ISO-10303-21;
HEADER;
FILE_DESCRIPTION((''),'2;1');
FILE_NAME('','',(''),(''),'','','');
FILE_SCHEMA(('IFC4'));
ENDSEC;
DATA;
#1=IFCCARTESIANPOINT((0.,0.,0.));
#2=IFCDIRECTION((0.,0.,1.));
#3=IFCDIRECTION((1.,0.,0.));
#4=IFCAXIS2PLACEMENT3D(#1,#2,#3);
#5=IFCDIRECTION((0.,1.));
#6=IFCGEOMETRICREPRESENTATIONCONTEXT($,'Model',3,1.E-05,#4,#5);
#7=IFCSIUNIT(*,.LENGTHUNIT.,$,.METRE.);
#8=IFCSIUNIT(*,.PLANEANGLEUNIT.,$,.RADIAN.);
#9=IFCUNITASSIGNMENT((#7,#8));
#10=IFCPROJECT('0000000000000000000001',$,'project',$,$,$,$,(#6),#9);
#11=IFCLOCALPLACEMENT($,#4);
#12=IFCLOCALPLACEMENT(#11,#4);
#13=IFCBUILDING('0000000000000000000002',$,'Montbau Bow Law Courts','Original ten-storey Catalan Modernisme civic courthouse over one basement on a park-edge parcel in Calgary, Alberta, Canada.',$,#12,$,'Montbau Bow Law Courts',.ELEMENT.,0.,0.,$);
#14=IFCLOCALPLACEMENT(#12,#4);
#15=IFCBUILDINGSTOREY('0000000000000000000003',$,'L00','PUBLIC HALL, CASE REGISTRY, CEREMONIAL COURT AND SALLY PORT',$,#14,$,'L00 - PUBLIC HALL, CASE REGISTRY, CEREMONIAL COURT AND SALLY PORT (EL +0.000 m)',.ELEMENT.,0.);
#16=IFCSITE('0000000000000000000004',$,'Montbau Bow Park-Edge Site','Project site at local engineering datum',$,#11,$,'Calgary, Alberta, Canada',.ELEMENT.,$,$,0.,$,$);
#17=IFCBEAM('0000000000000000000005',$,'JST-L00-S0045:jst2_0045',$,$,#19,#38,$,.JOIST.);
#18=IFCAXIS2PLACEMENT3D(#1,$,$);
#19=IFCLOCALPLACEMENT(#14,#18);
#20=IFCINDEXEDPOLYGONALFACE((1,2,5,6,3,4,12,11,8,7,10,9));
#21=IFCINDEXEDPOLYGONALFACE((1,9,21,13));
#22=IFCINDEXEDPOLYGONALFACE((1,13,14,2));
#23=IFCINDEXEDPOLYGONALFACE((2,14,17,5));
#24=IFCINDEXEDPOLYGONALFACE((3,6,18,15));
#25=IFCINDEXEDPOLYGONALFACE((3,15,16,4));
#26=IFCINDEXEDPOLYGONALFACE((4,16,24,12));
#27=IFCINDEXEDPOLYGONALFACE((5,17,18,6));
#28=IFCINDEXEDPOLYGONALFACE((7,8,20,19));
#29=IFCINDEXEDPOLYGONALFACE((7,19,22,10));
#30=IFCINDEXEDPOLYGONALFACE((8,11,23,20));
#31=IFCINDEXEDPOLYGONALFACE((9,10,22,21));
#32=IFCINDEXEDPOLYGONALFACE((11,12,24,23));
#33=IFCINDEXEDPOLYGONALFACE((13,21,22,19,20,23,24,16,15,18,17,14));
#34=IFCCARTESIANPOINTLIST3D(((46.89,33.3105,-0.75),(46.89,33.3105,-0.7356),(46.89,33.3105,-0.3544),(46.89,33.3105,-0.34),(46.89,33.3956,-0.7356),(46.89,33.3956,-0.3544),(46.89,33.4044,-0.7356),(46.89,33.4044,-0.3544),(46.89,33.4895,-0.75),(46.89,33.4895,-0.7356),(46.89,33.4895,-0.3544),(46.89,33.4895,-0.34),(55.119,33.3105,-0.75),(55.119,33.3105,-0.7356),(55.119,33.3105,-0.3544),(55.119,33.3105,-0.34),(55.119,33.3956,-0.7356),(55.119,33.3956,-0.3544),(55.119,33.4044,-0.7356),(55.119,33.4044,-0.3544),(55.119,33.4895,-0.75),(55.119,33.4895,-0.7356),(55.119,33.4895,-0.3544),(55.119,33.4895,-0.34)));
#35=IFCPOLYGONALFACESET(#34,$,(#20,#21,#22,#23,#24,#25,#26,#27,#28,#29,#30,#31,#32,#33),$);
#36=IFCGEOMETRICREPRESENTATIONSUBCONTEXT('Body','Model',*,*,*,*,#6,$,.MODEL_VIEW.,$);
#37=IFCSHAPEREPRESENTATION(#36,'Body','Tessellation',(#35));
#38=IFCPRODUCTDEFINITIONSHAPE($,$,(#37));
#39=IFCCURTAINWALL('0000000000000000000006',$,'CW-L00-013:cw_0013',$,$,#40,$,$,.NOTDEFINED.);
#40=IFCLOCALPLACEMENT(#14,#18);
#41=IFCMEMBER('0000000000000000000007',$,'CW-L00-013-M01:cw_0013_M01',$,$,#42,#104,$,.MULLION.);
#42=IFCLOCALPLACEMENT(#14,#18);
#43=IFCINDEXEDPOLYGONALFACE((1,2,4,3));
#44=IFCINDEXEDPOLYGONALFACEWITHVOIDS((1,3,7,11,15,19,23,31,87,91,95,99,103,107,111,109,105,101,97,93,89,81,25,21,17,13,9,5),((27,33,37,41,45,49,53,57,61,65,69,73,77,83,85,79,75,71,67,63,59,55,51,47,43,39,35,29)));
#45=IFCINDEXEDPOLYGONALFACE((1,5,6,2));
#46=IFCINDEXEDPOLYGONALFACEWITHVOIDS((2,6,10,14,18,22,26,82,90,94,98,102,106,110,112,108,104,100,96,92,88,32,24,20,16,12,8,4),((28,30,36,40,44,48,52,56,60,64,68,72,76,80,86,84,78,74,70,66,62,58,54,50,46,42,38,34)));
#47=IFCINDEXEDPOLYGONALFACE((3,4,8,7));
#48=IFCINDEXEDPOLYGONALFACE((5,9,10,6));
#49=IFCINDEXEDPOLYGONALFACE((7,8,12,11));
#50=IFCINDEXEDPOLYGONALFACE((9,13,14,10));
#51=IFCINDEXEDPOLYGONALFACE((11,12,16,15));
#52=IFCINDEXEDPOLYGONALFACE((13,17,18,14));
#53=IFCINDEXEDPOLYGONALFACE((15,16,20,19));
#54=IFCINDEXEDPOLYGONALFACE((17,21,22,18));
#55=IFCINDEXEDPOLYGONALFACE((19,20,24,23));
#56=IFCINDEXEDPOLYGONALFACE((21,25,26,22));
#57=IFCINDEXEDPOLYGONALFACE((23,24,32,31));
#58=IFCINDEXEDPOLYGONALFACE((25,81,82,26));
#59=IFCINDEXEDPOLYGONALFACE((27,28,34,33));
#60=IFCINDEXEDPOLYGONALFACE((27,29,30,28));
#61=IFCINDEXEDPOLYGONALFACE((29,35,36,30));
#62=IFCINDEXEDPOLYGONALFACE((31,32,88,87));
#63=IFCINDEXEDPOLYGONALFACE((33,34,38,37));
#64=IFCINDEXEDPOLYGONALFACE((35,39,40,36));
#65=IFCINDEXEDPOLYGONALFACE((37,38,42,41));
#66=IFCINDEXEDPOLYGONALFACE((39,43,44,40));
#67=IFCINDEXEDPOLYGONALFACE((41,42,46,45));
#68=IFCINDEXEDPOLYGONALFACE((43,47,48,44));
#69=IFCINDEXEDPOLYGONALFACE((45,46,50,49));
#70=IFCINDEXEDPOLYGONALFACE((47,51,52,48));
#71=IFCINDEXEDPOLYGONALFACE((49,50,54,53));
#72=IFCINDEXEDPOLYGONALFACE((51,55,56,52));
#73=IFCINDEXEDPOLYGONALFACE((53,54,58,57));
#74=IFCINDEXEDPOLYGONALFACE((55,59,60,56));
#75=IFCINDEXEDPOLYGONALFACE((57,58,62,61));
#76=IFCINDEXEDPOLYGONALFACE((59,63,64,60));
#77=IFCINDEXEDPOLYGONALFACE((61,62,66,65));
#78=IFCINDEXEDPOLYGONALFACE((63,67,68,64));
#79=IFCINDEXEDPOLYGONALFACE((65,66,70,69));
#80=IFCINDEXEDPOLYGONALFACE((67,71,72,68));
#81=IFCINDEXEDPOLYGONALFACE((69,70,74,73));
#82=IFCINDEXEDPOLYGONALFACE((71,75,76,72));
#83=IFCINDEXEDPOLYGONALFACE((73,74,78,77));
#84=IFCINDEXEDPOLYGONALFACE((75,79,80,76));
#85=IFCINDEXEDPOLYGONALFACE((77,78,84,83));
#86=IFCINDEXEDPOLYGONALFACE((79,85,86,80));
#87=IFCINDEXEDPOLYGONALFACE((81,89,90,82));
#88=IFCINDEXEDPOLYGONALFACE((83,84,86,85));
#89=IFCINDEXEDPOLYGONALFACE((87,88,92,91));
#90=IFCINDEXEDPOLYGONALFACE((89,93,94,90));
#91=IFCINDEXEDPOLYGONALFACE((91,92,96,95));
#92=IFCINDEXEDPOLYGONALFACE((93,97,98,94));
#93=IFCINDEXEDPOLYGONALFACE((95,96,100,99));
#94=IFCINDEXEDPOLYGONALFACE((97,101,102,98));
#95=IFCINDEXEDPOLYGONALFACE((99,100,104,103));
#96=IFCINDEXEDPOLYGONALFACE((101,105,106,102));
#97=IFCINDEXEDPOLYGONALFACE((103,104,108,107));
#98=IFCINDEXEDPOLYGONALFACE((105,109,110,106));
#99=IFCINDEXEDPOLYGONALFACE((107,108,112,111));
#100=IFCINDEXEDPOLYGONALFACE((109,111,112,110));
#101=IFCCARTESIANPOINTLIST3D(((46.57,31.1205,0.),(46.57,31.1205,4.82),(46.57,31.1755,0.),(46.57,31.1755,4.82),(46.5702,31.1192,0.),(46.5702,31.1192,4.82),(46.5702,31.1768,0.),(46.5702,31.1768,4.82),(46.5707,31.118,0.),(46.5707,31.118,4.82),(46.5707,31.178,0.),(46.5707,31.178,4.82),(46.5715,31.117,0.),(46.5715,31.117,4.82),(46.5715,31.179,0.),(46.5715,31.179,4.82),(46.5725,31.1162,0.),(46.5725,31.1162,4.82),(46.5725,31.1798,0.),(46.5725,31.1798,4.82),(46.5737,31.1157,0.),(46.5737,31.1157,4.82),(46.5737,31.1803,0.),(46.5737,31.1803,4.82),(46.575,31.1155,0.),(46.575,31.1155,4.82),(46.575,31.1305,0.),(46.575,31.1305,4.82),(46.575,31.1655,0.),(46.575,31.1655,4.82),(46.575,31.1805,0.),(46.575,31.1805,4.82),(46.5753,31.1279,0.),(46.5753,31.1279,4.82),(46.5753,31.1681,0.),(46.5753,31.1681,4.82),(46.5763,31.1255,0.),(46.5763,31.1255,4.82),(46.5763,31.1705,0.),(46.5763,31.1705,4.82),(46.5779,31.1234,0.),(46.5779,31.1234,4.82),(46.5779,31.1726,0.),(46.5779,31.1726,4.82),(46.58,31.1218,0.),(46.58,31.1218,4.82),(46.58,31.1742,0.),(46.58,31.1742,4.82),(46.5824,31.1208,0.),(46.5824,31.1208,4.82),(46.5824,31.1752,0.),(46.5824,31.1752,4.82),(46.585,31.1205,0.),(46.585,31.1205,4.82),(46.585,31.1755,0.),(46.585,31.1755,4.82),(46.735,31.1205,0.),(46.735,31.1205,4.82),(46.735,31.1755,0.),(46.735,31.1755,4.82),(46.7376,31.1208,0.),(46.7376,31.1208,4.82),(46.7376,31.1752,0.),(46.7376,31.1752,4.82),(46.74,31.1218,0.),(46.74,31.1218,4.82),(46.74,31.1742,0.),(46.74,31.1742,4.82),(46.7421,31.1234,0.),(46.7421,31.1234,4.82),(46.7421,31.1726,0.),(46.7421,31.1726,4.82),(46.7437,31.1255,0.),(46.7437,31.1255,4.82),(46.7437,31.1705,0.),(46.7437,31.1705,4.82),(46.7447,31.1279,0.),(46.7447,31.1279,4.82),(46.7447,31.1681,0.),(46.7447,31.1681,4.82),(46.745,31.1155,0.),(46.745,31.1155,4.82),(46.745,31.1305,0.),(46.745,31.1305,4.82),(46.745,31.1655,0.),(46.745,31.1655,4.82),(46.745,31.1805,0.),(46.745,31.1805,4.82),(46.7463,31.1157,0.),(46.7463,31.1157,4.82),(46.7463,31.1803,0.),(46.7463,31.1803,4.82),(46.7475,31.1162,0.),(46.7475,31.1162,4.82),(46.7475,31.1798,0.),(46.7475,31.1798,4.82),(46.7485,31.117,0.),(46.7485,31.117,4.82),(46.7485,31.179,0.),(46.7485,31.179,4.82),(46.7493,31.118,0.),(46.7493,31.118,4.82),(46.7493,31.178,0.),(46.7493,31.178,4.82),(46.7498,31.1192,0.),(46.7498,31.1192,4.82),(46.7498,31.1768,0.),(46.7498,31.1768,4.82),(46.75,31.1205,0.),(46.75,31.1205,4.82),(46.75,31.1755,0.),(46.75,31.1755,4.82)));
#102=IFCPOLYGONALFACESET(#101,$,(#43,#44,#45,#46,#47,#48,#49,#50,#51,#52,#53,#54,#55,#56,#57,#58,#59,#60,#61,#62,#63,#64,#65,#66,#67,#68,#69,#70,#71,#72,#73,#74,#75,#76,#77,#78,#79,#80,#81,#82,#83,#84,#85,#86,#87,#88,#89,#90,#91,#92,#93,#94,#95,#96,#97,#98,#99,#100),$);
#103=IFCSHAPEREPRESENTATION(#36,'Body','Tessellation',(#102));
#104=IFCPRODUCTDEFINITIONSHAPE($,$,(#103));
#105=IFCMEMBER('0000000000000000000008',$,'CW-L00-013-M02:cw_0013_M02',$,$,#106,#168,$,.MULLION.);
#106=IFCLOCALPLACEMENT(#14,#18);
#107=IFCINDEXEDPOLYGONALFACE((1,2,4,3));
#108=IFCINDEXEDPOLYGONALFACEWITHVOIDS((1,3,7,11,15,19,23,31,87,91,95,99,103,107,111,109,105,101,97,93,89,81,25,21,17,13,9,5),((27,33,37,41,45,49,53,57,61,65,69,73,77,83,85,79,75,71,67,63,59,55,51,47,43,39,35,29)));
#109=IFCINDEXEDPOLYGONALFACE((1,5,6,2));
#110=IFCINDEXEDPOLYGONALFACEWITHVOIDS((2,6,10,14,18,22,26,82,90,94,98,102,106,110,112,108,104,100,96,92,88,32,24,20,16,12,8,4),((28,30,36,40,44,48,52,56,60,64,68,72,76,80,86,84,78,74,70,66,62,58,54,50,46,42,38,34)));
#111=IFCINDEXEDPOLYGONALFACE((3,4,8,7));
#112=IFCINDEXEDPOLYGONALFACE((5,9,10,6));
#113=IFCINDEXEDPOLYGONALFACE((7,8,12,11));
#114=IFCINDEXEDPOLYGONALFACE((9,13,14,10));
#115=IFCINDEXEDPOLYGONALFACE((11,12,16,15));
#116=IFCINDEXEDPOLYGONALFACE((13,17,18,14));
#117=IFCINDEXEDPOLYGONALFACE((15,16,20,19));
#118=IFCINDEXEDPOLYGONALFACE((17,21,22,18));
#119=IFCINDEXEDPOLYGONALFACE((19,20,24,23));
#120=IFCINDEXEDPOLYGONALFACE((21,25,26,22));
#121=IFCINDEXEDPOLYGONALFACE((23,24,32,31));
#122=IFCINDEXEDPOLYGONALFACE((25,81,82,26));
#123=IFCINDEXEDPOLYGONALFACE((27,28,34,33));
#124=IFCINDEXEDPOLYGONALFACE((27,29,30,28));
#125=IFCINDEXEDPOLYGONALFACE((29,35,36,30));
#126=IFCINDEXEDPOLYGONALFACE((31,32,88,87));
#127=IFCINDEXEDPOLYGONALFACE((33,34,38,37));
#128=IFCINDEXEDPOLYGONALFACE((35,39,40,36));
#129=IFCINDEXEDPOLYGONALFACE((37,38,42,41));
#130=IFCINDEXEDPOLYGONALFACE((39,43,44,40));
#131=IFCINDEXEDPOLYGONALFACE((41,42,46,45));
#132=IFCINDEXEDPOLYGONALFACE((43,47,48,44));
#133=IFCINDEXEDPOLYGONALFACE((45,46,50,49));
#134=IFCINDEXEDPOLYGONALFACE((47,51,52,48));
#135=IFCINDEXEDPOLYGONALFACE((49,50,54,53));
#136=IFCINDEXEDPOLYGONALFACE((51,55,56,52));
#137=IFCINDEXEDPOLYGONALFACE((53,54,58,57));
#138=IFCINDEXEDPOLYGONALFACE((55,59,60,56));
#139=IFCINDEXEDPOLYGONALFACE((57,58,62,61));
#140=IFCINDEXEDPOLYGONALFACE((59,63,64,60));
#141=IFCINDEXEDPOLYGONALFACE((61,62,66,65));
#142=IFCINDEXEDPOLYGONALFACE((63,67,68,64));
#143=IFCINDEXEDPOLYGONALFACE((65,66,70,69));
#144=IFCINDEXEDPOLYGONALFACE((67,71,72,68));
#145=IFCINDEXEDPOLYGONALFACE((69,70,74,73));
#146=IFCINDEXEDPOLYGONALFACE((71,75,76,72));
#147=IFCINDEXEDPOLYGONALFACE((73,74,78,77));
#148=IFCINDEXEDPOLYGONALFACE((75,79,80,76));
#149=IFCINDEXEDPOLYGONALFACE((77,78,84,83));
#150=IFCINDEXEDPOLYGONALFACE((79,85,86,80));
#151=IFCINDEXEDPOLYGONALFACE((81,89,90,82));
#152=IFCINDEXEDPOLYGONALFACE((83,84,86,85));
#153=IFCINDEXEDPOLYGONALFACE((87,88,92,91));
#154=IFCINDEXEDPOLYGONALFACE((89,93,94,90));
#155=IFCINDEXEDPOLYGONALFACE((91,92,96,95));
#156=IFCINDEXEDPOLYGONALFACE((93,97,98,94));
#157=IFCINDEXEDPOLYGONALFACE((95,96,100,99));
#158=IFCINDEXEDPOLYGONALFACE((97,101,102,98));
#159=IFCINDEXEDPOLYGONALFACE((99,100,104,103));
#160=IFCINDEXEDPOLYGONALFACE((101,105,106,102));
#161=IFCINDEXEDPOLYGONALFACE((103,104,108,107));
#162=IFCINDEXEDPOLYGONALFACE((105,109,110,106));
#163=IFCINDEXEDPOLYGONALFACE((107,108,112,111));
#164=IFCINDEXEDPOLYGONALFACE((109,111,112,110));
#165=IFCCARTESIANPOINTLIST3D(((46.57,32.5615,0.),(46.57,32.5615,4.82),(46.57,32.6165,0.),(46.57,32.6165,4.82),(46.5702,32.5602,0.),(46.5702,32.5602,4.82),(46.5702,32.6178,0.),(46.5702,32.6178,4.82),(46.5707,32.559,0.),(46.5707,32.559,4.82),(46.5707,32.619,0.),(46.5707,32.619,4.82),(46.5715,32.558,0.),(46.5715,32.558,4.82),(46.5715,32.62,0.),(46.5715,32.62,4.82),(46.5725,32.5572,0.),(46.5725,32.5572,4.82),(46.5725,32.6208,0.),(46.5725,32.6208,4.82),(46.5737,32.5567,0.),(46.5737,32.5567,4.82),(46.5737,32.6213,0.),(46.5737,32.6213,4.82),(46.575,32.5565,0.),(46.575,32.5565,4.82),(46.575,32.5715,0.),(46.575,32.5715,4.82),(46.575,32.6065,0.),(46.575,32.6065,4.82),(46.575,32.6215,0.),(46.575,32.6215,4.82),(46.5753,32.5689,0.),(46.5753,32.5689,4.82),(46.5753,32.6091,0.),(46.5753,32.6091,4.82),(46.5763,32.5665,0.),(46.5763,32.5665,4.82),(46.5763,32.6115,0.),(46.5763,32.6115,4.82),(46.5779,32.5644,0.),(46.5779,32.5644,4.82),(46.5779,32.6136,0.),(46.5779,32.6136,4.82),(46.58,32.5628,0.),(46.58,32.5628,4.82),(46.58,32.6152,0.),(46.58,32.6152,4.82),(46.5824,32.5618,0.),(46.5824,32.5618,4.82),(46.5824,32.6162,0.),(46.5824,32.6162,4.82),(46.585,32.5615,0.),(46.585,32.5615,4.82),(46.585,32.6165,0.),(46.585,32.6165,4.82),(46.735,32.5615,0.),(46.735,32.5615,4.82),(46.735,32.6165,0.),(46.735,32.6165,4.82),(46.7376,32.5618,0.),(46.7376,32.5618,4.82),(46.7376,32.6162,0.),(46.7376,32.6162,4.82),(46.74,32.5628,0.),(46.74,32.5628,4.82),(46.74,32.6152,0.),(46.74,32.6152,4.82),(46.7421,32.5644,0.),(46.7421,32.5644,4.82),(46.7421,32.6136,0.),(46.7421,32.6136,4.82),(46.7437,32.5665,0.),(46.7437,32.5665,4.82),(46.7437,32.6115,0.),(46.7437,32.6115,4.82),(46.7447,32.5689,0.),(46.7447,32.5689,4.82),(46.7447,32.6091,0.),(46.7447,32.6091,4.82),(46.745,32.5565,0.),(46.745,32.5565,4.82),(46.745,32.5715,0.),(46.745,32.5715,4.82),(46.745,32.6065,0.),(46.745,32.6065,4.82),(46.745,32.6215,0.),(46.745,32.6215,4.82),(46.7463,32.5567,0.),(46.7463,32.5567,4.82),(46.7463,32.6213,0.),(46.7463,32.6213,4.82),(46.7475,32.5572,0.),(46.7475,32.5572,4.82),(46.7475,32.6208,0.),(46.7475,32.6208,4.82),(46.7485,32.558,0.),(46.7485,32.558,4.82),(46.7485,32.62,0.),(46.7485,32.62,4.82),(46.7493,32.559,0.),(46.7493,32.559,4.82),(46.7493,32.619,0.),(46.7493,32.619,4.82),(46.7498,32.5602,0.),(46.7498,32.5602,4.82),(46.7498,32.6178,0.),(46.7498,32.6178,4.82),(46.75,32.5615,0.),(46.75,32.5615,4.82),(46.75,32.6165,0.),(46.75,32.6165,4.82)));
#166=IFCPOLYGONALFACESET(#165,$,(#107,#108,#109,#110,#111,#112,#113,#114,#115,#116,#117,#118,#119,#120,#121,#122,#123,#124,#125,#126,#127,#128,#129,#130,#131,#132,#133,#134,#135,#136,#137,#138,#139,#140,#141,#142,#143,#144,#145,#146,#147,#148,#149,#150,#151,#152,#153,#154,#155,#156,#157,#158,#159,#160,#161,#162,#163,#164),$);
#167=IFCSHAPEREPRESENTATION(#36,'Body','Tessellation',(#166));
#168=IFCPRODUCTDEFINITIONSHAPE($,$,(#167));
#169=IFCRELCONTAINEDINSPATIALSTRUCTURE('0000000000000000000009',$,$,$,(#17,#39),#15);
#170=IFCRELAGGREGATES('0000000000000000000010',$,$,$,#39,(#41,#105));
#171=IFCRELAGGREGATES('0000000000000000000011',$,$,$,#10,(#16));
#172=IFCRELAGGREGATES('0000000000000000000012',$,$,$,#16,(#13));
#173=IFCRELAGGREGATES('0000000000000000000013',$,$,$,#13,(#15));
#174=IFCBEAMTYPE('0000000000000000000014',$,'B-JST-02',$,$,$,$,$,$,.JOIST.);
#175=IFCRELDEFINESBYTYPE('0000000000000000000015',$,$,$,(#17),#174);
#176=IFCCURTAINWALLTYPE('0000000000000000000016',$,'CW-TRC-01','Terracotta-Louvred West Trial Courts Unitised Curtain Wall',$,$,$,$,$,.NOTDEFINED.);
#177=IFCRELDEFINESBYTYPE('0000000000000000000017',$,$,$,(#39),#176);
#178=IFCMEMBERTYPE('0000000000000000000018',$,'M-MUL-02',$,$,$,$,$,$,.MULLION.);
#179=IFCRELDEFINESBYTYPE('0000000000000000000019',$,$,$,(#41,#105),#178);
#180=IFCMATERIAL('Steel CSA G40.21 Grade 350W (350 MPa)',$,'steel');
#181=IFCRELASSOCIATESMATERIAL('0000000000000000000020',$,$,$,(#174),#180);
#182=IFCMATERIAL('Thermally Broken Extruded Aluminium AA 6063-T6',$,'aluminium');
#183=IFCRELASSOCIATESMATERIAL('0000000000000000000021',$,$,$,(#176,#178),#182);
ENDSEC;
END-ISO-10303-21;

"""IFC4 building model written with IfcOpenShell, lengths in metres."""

from ifc_helpers import new_model, si_unit, direction, frame, origin_with_axes, origin_2d_with_axis, place, context, subcontext, project, spatial, hollow_rectangle, i_section, extrude, material, material_profile, profile_set, type_object, element, aggregate, save


model = new_model("IFC4")

# Units and contexts
model_context = context("Model", 3, precision=1e-05, world=origin_with_axes(), true_north=direction((0.0, 1.0)))
body_context = subcontext(model_context, "Body", "Model", "MODEL_VIEW")
ifc_project = project(units=[si_unit("LENGTHUNIT", "METRE"), si_unit("PLANEANGLEUNIT", "RADIAN")], contexts=[model_context])

# Site, building, storey
site_placement = place(None, origin_with_axes())
site = spatial("IfcSite", under=ifc_project, at=site_placement, Name="Montbau Bow Park-Edge Site", Description="Project site at local engineering datum", LongName="Calgary, Alberta, Canada", CompositionType="ELEMENT", RefElevation=0.0)
building_placement = place(site_placement, origin_with_axes())
building = spatial("IfcBuilding", under=site, at=building_placement, Name="Montbau Bow Law Courts", Description="Original ten-storey Catalan Modernisme civic courthouse over one basement on a park-edge parcel in Calgary, Alberta, Canada.", LongName="Montbau Bow Law Courts", CompositionType="ELEMENT", ElevationOfRefHeight=0.0, ElevationOfTerrain=0.0)
storey_placement = place(building_placement, origin_with_axes())
storey = spatial("IfcBuildingStorey", under=building, at=storey_placement, Name="L00", Description="PUBLIC HALL, CASE REGISTRY, CEREMONIAL COURT AND SALLY PORT", LongName="L00 - PUBLIC HALL, CASE REGISTRY, CEREMONIAL COURT AND SALLY PORT (EL +0.000 m)", CompositionType="ELEMENT", Elevation=0.0)

# Beam
ifc_material_1 = material(Name="Steel CSA G40.21 Grade 350W (350 MPa)", Category="steel")
ifc_material_profile_1 = material_profile(ifc_material_1, i_section(OverallWidth=0.179, OverallDepth=0.41, WebThickness=0.0088, FlangeThickness=0.0144, at=origin_2d_with_axis()), Name="W410X67", Category="Main", Priority=0)
ifc_profile_set_1 = profile_set([ifc_material_profile_1], Name="Steel CSA G40.21 Grade 350W (350 MPa)")
beam_type = type_object("IfcBeamType", Name="B-JST-02", PredefinedType="JOIST", material=ifc_profile_set_1)
beam_placement = place(None, frame((46.89, 33.4, -0.545), z_axis=(1.0, 0.0, 0.0), x_axis=(0.0, 1.0, 0.0)))
element("IfcBeam", 1, at=beam_placement, inside=storey, type_object=beam_type, Name="JST-L00-S0045:jst2_0045", PredefinedType="JOIST", context=body_context, shape_type="SweptSolid", body=[
    extrude(i_section(OverallWidth=0.179, OverallDepth=0.41, WebThickness=0.0088, FlangeThickness=0.0144, at=origin_2d_with_axis()), origin_with_axes(), (0.0, 0.0, 1.0), 8.229),
])

# Curtain wall, members
ifc_material_2 = material(Name="Thermally Broken Extruded Aluminium AA 6063-T6", Category="aluminium")
curtain_wall_type = type_object("IfcCurtainWallType", Name="CW-TRC-01", Description="Terracotta-Louvred West Trial Courts Unitised Curtain Wall", PredefinedType="NOTDEFINED", material=ifc_material_2)
curtain_wall_1_placement = place(None, frame((46.66, 31.115, 0.0), z_axis=(0.0, 0.0, 1.0), x_axis=(1.0, 0.0, 0.0)))
curtain_wall_1 = element("IfcCurtainWall", 2, at=curtain_wall_1_placement, inside=storey, type_object=curtain_wall_type, Name="CW-L00-013:cw_0013", PredefinedType="NOTDEFINED")
ifc_material_profile_2 = material_profile(ifc_material_2, hollow_rectangle(XDim=0.065, YDim=0.18, WallThickness=0.005, InnerFilletRadius=0.01, OuterFilletRadius=0.005, at=origin_2d_with_axis()), Name="CWM-180X65", Category="Main", Priority=0)
ifc_profile_set_2 = profile_set([ifc_material_profile_2], Name="Thermally Broken Extruded Aluminium AA 6063-T6")
member_type_1 = type_object("IfcMemberType", Name="M-MUL-02", PredefinedType="MULLION", material=ifc_profile_set_2)
member_1_placement = place(None, frame((46.66, 31.148, 0.0), z_axis=(0.0, 0.0, 1.0), x_axis=(0.0, 1.0, 0.0)))
member_1 = element("IfcMember", 3, at=member_1_placement, type_object=member_type_1, Name="CW-L00-013-M01:cw_0013_M01", PredefinedType="MULLION", context=body_context, shape_type="SweptSolid", body=[
    extrude(hollow_rectangle(XDim=0.065, YDim=0.18, WallThickness=0.005, InnerFilletRadius=0.01, OuterFilletRadius=0.005, at=origin_2d_with_axis()), origin_with_axes(), (0.0, 0.0, 1.0), 4.82),
])
member_2_placement = place(None, frame((46.66, 32.589, 0.0), z_axis=(0.0, 0.0, 1.0), x_axis=(0.0, 1.0, 0.0)))
member_2 = element("IfcMember", 4, at=member_2_placement, type_object=member_type_1, Name="CW-L00-013-M02:cw_0013_M02", PredefinedType="MULLION", context=body_context, shape_type="SweptSolid", body=[
    extrude(hollow_rectangle(XDim=0.065, YDim=0.18, WallThickness=0.005, InnerFilletRadius=0.01, OuterFilletRadius=0.005, at=origin_2d_with_axis()), origin_with_axes(), (0.0, 0.0, 1.0), 4.82),
])

aggregate(curtain_wall_1, [member_1, member_2])

save(model, "model.ifc")
